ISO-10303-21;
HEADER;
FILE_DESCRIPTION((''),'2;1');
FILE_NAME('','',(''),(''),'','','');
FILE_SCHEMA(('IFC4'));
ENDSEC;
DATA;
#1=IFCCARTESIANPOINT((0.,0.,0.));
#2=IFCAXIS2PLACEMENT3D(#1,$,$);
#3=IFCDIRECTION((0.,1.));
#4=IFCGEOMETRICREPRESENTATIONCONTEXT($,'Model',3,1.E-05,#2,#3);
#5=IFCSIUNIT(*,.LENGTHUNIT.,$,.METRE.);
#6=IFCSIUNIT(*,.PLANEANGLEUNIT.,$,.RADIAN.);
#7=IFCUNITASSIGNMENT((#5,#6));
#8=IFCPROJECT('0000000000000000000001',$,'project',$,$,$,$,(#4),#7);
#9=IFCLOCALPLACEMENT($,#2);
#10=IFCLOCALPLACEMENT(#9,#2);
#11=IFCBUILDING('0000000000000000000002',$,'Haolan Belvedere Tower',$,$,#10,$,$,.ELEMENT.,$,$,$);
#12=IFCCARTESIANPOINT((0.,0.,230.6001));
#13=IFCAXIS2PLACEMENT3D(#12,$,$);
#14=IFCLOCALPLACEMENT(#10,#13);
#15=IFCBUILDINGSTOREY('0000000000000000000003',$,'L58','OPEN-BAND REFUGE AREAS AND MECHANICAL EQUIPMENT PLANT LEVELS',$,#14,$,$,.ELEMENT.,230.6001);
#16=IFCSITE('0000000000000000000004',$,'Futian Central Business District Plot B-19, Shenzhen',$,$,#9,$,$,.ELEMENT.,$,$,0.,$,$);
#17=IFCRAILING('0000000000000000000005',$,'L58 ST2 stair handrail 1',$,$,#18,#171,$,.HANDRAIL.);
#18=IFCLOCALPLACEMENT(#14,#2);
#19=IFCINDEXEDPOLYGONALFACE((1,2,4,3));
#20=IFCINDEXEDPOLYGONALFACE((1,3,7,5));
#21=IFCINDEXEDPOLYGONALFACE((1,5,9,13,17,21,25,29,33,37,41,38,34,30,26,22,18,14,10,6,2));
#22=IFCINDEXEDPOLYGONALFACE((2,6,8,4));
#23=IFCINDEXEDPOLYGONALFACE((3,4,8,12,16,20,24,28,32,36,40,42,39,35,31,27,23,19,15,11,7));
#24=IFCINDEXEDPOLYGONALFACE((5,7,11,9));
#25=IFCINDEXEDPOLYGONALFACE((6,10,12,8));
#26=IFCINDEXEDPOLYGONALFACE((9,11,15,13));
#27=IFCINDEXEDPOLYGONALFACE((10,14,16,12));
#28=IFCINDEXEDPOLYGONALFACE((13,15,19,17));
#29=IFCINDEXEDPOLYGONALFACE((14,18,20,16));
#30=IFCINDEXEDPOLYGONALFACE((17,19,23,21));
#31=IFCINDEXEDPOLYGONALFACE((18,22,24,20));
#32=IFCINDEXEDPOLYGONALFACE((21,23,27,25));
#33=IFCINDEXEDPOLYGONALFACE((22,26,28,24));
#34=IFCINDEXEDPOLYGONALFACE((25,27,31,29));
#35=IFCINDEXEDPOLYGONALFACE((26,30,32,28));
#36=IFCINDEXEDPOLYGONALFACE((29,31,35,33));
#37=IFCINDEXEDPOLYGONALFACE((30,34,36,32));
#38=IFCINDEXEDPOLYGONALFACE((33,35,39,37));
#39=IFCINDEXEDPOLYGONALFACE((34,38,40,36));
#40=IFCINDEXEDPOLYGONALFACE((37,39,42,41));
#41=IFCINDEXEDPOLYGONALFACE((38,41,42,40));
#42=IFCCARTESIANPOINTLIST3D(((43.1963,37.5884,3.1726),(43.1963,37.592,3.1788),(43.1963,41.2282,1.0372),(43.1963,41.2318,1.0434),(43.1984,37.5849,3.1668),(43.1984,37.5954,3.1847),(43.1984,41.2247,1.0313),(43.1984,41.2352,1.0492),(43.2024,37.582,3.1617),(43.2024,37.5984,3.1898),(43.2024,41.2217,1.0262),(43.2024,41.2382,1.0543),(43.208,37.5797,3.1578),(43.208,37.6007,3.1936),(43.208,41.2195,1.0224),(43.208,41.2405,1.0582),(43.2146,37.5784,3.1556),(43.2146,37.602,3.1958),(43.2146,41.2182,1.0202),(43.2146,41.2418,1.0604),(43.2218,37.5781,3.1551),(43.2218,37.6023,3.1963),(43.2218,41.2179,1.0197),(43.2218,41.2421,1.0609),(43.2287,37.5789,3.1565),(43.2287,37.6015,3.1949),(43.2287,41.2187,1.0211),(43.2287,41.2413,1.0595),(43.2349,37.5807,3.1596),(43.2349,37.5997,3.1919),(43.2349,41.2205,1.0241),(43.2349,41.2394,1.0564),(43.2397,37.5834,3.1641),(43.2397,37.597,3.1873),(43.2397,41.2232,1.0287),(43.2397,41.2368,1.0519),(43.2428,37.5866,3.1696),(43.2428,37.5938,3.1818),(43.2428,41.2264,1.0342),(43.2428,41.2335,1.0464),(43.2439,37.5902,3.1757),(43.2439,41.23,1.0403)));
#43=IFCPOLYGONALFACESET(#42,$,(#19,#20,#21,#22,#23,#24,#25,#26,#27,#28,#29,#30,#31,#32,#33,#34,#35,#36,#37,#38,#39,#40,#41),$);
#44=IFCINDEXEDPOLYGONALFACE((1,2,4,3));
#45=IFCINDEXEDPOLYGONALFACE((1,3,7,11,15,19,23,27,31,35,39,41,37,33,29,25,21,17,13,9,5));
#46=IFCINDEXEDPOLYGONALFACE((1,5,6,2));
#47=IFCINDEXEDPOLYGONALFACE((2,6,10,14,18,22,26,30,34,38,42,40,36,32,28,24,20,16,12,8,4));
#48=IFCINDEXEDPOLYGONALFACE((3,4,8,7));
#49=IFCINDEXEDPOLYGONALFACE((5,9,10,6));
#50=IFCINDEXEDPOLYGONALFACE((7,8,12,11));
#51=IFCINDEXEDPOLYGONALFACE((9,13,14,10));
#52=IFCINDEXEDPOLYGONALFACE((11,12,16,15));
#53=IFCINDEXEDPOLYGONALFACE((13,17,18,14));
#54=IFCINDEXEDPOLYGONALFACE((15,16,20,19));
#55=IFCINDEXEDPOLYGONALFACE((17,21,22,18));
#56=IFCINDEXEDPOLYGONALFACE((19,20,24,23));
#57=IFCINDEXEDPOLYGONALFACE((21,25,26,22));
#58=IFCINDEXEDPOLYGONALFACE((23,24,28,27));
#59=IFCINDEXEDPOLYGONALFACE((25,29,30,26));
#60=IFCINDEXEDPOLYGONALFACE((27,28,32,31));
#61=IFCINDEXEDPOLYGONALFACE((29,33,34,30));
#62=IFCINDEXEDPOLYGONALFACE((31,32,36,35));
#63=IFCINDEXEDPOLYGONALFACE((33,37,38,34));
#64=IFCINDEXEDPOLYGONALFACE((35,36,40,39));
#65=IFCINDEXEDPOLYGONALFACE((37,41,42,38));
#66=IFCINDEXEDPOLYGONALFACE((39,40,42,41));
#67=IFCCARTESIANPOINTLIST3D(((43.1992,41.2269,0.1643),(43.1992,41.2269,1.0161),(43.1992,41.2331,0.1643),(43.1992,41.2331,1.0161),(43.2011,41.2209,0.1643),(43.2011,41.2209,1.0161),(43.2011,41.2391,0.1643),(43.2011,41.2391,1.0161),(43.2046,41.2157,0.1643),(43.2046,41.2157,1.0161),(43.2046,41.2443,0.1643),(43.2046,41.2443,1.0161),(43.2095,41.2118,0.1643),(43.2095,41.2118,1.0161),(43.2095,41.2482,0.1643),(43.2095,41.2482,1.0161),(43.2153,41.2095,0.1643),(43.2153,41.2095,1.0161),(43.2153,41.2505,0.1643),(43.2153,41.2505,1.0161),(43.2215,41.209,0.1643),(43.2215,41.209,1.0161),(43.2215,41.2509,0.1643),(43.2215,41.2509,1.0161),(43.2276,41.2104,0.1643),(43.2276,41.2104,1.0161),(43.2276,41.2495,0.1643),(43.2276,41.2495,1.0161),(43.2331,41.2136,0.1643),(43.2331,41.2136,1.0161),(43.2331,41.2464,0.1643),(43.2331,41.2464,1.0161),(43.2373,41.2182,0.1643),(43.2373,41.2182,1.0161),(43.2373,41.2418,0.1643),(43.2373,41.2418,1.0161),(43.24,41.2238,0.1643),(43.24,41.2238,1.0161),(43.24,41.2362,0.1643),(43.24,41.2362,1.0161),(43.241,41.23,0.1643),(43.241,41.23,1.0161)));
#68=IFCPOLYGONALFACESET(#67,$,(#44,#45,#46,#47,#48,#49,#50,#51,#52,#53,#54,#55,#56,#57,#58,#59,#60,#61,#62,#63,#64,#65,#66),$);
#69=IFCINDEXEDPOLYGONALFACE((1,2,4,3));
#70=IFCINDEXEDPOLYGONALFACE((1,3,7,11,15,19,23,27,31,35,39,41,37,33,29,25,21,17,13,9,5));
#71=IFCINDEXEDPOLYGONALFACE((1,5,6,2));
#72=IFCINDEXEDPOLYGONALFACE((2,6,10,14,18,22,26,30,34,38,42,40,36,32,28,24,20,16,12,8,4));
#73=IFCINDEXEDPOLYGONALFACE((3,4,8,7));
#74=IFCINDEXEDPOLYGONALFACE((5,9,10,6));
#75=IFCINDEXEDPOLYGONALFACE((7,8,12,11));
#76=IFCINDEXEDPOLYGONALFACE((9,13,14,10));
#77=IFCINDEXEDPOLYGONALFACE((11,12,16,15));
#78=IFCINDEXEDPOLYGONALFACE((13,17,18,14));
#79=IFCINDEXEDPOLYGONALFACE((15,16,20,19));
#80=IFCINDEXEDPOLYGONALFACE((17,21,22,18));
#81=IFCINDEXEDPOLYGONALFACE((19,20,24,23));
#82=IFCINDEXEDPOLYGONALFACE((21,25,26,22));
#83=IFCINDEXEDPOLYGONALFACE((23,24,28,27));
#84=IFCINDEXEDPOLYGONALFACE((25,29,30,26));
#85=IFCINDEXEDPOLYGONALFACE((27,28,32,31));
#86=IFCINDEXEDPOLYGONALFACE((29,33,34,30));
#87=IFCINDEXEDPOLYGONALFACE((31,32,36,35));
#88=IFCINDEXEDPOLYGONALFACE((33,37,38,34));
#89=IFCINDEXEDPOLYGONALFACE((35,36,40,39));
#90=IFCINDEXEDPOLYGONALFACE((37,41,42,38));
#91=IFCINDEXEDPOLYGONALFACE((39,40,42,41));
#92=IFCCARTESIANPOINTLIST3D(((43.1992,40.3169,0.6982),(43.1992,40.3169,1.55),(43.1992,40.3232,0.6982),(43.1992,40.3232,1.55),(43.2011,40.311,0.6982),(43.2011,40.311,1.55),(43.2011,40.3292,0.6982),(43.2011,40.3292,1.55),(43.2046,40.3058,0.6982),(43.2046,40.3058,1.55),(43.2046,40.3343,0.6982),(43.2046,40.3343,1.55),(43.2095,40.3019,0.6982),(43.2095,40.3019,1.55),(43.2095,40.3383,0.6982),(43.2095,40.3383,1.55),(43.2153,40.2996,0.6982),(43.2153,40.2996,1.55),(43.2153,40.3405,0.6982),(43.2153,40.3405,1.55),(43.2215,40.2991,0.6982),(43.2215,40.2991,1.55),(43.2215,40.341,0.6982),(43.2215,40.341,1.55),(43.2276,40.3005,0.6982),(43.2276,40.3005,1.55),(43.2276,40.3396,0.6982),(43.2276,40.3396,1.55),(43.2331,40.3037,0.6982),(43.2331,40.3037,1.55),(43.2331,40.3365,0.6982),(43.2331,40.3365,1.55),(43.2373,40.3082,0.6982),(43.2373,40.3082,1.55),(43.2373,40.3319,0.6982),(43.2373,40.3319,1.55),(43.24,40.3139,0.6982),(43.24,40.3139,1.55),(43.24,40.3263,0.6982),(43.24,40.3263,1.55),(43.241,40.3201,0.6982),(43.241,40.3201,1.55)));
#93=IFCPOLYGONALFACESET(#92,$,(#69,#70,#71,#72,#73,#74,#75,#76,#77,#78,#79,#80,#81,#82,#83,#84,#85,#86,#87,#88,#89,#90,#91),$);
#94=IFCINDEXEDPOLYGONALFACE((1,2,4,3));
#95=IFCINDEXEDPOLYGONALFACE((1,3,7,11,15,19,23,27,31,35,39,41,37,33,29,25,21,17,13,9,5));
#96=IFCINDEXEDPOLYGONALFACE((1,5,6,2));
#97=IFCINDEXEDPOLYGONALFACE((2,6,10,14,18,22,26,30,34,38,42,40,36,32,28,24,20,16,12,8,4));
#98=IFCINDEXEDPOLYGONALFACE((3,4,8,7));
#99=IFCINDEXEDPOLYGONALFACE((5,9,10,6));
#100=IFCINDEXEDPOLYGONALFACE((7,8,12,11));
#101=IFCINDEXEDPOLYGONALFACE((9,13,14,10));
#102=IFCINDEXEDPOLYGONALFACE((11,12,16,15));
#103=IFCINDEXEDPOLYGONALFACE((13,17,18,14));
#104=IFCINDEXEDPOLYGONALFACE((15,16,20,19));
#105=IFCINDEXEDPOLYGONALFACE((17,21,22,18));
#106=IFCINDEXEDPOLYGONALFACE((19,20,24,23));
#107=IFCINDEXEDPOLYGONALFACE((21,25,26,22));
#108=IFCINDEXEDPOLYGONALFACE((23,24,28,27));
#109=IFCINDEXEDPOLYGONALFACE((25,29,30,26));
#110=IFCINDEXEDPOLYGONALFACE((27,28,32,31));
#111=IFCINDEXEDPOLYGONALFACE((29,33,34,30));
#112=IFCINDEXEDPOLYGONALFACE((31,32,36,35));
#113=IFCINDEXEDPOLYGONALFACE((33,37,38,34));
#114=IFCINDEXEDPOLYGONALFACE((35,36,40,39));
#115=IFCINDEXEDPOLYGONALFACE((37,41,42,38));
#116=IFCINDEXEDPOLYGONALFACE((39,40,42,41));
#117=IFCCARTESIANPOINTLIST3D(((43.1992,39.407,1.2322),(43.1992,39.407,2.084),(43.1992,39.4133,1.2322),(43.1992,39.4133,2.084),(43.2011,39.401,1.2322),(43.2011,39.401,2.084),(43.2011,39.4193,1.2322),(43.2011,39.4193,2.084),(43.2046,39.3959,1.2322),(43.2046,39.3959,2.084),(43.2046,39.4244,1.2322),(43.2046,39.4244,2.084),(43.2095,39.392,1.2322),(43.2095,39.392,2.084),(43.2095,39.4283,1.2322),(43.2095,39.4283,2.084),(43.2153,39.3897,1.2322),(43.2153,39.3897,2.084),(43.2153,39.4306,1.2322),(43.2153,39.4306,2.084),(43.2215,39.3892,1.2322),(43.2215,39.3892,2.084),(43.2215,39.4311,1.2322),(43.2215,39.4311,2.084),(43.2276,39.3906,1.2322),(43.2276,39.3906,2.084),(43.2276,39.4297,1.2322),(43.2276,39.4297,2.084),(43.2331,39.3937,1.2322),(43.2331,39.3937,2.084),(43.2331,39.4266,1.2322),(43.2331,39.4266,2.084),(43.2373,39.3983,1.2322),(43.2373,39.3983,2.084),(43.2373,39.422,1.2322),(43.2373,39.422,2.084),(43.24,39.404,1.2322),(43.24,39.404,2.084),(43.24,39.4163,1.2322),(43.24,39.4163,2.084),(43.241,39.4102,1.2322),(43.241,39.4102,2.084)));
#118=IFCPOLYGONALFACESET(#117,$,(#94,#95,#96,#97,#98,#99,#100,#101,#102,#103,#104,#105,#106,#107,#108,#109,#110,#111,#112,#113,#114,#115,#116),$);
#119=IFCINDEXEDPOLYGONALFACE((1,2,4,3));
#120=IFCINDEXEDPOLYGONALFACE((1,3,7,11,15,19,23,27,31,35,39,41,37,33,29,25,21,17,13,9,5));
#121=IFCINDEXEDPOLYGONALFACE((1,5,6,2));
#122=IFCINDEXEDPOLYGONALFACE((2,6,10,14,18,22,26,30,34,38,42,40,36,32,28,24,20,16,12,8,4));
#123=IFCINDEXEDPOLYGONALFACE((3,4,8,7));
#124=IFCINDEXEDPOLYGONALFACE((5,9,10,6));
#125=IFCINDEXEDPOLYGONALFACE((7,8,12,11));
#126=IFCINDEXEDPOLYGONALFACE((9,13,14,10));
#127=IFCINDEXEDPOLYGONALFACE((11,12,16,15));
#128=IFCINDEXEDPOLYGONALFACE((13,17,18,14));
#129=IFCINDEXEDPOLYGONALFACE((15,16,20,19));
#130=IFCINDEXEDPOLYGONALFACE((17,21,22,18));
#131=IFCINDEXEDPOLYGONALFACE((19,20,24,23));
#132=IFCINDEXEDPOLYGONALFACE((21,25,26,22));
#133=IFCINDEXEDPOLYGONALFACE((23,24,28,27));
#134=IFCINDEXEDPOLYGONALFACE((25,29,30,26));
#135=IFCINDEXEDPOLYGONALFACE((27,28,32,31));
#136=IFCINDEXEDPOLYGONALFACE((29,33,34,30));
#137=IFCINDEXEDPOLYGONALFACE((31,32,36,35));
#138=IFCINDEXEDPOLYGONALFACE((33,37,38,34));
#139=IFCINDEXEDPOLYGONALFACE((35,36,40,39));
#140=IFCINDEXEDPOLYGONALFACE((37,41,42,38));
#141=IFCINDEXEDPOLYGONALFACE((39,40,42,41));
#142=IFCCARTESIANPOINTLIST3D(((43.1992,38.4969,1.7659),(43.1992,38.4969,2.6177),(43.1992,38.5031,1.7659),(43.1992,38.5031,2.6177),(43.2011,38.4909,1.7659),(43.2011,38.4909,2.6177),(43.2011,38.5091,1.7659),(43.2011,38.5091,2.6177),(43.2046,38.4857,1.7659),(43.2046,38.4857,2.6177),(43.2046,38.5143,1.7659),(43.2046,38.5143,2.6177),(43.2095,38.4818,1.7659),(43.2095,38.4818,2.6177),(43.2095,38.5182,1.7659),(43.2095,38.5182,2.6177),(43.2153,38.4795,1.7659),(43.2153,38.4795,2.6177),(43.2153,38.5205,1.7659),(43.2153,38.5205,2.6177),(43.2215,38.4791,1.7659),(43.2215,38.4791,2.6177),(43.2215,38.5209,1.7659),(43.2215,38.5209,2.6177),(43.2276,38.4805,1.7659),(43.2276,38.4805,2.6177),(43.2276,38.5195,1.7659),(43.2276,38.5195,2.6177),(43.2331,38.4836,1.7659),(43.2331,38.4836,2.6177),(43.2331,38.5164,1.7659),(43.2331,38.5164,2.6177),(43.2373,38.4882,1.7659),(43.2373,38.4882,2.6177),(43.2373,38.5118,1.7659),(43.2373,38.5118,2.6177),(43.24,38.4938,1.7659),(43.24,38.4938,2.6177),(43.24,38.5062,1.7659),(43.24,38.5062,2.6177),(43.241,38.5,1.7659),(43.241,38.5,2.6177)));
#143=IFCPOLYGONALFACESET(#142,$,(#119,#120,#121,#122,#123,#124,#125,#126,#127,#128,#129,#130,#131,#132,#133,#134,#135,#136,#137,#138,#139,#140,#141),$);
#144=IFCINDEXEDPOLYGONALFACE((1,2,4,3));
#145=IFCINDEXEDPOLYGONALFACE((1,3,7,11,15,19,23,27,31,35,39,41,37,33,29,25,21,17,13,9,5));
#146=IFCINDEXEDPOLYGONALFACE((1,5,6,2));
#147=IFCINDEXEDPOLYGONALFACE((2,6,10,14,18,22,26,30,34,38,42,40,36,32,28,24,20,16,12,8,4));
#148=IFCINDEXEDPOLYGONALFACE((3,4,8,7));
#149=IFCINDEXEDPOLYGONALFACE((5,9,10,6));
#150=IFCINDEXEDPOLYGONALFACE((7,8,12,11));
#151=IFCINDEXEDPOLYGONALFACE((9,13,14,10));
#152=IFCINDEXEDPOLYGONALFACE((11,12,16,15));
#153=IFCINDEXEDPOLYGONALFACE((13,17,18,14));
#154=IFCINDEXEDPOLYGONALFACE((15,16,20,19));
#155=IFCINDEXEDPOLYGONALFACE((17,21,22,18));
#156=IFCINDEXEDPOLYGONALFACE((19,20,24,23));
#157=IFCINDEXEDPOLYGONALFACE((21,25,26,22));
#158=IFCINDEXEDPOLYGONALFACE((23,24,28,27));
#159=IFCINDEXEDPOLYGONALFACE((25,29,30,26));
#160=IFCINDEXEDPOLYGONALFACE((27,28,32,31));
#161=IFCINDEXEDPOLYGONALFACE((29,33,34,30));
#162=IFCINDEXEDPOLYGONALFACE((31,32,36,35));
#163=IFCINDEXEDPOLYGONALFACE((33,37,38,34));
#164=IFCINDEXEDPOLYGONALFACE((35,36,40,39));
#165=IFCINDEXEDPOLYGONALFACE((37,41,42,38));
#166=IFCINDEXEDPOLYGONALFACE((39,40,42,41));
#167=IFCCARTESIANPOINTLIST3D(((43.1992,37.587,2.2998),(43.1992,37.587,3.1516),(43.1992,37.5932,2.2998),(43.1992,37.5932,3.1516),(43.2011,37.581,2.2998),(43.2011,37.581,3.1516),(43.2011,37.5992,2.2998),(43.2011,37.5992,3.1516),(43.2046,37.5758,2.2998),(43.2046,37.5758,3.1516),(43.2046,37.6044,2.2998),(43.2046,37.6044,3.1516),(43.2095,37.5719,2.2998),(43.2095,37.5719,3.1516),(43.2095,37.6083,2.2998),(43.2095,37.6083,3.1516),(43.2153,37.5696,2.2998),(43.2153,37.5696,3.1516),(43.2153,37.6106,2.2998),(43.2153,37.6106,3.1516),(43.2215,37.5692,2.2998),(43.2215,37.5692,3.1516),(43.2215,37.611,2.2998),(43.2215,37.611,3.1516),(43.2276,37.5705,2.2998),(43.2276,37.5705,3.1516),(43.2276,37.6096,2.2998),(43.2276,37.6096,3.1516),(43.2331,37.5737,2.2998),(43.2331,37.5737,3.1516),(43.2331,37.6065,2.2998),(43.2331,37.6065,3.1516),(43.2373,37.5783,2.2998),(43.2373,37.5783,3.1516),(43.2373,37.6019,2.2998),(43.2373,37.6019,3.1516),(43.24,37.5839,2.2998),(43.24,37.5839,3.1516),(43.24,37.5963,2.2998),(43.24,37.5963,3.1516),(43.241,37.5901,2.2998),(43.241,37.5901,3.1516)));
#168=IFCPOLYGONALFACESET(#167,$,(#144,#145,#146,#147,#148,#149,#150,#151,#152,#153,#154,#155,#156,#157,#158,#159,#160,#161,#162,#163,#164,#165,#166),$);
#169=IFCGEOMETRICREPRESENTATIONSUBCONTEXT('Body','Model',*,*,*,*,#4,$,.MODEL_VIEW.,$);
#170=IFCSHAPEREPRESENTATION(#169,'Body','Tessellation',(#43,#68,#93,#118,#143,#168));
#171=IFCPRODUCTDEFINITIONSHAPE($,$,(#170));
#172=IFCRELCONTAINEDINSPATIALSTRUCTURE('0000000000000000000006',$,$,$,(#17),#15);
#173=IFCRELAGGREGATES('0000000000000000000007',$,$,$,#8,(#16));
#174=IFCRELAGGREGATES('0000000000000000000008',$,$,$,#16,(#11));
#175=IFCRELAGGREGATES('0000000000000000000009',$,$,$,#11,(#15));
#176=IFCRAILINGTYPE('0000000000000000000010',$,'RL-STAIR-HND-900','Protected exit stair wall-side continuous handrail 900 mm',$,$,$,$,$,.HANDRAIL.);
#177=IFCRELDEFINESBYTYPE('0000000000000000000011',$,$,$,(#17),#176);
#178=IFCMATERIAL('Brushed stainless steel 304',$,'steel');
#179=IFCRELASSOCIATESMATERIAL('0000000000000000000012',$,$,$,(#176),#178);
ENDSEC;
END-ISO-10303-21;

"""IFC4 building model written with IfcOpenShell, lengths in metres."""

from ifc_helpers import new_model, si_unit, direction, frame, origin, origin_2d, place, context, subcontext, project, spatial, circle, extrude, material, type_object, element, save


model = new_model("IFC4")

# Units and contexts
model_context = context("Model", 3, precision=1e-05, world=origin(), true_north=direction((0.0, 1.0)))
body_context = subcontext(model_context, "Body", "Model", "MODEL_VIEW")
ifc_project = project(units=[si_unit("LENGTHUNIT", "METRE"), si_unit("PLANEANGLEUNIT", "RADIAN")], contexts=[model_context])

# Site, building, storey
site_placement = place(None, origin())
site = spatial("IfcSite", under=ifc_project, at=site_placement, Name="Futian Central Business District Plot B-19, Shenzhen", CompositionType="ELEMENT", RefElevation=0.0)
building_placement = place(site_placement, origin())
building = spatial("IfcBuilding", under=site, at=building_placement, Name="Haolan Belvedere Tower", CompositionType="ELEMENT")
storey_placement = place(building_placement, frame((0.0, 0.0, 230.6001)))
storey = spatial("IfcBuildingStorey", under=building, at=storey_placement, Name="L58", Description="OPEN-BAND REFUGE AREAS AND MECHANICAL EQUIPMENT PLANT LEVELS", CompositionType="ELEMENT", Elevation=230.6001)

# Railing
ifc_material_1 = material(Name="Brushed stainless steel 304", Category="steel")
railing_type_1 = type_object("IfcRailingType", Name="RL-STAIR-HND-900", Description="Protected exit stair wall-side continuous handrail 900 mm", PredefinedType="HANDRAIL", material=ifc_material_1)
railing_1_placement = place(storey_placement, frame((43.22, 41.23, 0.1643)))
element("IfcRailing", 1, at=railing_1_placement, inside=storey, type_object=railing_type_1, Name="L58 ST2 stair handrail 1", PredefinedType="HANDRAIL", context=body_context, shape_type="SweptSolid", body=[
    extrude(circle(Radius=0.0239, at=origin_2d()), frame((0.0, 0.0, 0.876), z_axis=(0.0, -0.862515, 0.506031), x_axis=(1.0, 0.0, 0.0)), (0.0, 0.0, 1.0), 4.22),
    extrude(circle(Radius=0.021, at=origin_2d()), origin(), (0.0, 0.0, 1.0), 0.8518),
    extrude(circle(Radius=0.021, at=origin_2d()), frame((0.0, -0.9099, 0.5339)), (0.0, 0.0, 1.0), 0.8518),
    extrude(circle(Radius=0.021, at=origin_2d()), frame((0.0, -1.8198, 1.0679)), (0.0, 0.0, 1.0), 0.8518),
    extrude(circle(Radius=0.021, at=origin_2d()), frame((0.0, -2.73, 1.6016)), (0.0, 0.0, 1.0), 0.8518),
    extrude(circle(Radius=0.021, at=origin_2d()), frame((0.0, -3.6399, 2.1355)), (0.0, 0.0, 1.0), 0.8518),
])

save(model, "model.ifc")
